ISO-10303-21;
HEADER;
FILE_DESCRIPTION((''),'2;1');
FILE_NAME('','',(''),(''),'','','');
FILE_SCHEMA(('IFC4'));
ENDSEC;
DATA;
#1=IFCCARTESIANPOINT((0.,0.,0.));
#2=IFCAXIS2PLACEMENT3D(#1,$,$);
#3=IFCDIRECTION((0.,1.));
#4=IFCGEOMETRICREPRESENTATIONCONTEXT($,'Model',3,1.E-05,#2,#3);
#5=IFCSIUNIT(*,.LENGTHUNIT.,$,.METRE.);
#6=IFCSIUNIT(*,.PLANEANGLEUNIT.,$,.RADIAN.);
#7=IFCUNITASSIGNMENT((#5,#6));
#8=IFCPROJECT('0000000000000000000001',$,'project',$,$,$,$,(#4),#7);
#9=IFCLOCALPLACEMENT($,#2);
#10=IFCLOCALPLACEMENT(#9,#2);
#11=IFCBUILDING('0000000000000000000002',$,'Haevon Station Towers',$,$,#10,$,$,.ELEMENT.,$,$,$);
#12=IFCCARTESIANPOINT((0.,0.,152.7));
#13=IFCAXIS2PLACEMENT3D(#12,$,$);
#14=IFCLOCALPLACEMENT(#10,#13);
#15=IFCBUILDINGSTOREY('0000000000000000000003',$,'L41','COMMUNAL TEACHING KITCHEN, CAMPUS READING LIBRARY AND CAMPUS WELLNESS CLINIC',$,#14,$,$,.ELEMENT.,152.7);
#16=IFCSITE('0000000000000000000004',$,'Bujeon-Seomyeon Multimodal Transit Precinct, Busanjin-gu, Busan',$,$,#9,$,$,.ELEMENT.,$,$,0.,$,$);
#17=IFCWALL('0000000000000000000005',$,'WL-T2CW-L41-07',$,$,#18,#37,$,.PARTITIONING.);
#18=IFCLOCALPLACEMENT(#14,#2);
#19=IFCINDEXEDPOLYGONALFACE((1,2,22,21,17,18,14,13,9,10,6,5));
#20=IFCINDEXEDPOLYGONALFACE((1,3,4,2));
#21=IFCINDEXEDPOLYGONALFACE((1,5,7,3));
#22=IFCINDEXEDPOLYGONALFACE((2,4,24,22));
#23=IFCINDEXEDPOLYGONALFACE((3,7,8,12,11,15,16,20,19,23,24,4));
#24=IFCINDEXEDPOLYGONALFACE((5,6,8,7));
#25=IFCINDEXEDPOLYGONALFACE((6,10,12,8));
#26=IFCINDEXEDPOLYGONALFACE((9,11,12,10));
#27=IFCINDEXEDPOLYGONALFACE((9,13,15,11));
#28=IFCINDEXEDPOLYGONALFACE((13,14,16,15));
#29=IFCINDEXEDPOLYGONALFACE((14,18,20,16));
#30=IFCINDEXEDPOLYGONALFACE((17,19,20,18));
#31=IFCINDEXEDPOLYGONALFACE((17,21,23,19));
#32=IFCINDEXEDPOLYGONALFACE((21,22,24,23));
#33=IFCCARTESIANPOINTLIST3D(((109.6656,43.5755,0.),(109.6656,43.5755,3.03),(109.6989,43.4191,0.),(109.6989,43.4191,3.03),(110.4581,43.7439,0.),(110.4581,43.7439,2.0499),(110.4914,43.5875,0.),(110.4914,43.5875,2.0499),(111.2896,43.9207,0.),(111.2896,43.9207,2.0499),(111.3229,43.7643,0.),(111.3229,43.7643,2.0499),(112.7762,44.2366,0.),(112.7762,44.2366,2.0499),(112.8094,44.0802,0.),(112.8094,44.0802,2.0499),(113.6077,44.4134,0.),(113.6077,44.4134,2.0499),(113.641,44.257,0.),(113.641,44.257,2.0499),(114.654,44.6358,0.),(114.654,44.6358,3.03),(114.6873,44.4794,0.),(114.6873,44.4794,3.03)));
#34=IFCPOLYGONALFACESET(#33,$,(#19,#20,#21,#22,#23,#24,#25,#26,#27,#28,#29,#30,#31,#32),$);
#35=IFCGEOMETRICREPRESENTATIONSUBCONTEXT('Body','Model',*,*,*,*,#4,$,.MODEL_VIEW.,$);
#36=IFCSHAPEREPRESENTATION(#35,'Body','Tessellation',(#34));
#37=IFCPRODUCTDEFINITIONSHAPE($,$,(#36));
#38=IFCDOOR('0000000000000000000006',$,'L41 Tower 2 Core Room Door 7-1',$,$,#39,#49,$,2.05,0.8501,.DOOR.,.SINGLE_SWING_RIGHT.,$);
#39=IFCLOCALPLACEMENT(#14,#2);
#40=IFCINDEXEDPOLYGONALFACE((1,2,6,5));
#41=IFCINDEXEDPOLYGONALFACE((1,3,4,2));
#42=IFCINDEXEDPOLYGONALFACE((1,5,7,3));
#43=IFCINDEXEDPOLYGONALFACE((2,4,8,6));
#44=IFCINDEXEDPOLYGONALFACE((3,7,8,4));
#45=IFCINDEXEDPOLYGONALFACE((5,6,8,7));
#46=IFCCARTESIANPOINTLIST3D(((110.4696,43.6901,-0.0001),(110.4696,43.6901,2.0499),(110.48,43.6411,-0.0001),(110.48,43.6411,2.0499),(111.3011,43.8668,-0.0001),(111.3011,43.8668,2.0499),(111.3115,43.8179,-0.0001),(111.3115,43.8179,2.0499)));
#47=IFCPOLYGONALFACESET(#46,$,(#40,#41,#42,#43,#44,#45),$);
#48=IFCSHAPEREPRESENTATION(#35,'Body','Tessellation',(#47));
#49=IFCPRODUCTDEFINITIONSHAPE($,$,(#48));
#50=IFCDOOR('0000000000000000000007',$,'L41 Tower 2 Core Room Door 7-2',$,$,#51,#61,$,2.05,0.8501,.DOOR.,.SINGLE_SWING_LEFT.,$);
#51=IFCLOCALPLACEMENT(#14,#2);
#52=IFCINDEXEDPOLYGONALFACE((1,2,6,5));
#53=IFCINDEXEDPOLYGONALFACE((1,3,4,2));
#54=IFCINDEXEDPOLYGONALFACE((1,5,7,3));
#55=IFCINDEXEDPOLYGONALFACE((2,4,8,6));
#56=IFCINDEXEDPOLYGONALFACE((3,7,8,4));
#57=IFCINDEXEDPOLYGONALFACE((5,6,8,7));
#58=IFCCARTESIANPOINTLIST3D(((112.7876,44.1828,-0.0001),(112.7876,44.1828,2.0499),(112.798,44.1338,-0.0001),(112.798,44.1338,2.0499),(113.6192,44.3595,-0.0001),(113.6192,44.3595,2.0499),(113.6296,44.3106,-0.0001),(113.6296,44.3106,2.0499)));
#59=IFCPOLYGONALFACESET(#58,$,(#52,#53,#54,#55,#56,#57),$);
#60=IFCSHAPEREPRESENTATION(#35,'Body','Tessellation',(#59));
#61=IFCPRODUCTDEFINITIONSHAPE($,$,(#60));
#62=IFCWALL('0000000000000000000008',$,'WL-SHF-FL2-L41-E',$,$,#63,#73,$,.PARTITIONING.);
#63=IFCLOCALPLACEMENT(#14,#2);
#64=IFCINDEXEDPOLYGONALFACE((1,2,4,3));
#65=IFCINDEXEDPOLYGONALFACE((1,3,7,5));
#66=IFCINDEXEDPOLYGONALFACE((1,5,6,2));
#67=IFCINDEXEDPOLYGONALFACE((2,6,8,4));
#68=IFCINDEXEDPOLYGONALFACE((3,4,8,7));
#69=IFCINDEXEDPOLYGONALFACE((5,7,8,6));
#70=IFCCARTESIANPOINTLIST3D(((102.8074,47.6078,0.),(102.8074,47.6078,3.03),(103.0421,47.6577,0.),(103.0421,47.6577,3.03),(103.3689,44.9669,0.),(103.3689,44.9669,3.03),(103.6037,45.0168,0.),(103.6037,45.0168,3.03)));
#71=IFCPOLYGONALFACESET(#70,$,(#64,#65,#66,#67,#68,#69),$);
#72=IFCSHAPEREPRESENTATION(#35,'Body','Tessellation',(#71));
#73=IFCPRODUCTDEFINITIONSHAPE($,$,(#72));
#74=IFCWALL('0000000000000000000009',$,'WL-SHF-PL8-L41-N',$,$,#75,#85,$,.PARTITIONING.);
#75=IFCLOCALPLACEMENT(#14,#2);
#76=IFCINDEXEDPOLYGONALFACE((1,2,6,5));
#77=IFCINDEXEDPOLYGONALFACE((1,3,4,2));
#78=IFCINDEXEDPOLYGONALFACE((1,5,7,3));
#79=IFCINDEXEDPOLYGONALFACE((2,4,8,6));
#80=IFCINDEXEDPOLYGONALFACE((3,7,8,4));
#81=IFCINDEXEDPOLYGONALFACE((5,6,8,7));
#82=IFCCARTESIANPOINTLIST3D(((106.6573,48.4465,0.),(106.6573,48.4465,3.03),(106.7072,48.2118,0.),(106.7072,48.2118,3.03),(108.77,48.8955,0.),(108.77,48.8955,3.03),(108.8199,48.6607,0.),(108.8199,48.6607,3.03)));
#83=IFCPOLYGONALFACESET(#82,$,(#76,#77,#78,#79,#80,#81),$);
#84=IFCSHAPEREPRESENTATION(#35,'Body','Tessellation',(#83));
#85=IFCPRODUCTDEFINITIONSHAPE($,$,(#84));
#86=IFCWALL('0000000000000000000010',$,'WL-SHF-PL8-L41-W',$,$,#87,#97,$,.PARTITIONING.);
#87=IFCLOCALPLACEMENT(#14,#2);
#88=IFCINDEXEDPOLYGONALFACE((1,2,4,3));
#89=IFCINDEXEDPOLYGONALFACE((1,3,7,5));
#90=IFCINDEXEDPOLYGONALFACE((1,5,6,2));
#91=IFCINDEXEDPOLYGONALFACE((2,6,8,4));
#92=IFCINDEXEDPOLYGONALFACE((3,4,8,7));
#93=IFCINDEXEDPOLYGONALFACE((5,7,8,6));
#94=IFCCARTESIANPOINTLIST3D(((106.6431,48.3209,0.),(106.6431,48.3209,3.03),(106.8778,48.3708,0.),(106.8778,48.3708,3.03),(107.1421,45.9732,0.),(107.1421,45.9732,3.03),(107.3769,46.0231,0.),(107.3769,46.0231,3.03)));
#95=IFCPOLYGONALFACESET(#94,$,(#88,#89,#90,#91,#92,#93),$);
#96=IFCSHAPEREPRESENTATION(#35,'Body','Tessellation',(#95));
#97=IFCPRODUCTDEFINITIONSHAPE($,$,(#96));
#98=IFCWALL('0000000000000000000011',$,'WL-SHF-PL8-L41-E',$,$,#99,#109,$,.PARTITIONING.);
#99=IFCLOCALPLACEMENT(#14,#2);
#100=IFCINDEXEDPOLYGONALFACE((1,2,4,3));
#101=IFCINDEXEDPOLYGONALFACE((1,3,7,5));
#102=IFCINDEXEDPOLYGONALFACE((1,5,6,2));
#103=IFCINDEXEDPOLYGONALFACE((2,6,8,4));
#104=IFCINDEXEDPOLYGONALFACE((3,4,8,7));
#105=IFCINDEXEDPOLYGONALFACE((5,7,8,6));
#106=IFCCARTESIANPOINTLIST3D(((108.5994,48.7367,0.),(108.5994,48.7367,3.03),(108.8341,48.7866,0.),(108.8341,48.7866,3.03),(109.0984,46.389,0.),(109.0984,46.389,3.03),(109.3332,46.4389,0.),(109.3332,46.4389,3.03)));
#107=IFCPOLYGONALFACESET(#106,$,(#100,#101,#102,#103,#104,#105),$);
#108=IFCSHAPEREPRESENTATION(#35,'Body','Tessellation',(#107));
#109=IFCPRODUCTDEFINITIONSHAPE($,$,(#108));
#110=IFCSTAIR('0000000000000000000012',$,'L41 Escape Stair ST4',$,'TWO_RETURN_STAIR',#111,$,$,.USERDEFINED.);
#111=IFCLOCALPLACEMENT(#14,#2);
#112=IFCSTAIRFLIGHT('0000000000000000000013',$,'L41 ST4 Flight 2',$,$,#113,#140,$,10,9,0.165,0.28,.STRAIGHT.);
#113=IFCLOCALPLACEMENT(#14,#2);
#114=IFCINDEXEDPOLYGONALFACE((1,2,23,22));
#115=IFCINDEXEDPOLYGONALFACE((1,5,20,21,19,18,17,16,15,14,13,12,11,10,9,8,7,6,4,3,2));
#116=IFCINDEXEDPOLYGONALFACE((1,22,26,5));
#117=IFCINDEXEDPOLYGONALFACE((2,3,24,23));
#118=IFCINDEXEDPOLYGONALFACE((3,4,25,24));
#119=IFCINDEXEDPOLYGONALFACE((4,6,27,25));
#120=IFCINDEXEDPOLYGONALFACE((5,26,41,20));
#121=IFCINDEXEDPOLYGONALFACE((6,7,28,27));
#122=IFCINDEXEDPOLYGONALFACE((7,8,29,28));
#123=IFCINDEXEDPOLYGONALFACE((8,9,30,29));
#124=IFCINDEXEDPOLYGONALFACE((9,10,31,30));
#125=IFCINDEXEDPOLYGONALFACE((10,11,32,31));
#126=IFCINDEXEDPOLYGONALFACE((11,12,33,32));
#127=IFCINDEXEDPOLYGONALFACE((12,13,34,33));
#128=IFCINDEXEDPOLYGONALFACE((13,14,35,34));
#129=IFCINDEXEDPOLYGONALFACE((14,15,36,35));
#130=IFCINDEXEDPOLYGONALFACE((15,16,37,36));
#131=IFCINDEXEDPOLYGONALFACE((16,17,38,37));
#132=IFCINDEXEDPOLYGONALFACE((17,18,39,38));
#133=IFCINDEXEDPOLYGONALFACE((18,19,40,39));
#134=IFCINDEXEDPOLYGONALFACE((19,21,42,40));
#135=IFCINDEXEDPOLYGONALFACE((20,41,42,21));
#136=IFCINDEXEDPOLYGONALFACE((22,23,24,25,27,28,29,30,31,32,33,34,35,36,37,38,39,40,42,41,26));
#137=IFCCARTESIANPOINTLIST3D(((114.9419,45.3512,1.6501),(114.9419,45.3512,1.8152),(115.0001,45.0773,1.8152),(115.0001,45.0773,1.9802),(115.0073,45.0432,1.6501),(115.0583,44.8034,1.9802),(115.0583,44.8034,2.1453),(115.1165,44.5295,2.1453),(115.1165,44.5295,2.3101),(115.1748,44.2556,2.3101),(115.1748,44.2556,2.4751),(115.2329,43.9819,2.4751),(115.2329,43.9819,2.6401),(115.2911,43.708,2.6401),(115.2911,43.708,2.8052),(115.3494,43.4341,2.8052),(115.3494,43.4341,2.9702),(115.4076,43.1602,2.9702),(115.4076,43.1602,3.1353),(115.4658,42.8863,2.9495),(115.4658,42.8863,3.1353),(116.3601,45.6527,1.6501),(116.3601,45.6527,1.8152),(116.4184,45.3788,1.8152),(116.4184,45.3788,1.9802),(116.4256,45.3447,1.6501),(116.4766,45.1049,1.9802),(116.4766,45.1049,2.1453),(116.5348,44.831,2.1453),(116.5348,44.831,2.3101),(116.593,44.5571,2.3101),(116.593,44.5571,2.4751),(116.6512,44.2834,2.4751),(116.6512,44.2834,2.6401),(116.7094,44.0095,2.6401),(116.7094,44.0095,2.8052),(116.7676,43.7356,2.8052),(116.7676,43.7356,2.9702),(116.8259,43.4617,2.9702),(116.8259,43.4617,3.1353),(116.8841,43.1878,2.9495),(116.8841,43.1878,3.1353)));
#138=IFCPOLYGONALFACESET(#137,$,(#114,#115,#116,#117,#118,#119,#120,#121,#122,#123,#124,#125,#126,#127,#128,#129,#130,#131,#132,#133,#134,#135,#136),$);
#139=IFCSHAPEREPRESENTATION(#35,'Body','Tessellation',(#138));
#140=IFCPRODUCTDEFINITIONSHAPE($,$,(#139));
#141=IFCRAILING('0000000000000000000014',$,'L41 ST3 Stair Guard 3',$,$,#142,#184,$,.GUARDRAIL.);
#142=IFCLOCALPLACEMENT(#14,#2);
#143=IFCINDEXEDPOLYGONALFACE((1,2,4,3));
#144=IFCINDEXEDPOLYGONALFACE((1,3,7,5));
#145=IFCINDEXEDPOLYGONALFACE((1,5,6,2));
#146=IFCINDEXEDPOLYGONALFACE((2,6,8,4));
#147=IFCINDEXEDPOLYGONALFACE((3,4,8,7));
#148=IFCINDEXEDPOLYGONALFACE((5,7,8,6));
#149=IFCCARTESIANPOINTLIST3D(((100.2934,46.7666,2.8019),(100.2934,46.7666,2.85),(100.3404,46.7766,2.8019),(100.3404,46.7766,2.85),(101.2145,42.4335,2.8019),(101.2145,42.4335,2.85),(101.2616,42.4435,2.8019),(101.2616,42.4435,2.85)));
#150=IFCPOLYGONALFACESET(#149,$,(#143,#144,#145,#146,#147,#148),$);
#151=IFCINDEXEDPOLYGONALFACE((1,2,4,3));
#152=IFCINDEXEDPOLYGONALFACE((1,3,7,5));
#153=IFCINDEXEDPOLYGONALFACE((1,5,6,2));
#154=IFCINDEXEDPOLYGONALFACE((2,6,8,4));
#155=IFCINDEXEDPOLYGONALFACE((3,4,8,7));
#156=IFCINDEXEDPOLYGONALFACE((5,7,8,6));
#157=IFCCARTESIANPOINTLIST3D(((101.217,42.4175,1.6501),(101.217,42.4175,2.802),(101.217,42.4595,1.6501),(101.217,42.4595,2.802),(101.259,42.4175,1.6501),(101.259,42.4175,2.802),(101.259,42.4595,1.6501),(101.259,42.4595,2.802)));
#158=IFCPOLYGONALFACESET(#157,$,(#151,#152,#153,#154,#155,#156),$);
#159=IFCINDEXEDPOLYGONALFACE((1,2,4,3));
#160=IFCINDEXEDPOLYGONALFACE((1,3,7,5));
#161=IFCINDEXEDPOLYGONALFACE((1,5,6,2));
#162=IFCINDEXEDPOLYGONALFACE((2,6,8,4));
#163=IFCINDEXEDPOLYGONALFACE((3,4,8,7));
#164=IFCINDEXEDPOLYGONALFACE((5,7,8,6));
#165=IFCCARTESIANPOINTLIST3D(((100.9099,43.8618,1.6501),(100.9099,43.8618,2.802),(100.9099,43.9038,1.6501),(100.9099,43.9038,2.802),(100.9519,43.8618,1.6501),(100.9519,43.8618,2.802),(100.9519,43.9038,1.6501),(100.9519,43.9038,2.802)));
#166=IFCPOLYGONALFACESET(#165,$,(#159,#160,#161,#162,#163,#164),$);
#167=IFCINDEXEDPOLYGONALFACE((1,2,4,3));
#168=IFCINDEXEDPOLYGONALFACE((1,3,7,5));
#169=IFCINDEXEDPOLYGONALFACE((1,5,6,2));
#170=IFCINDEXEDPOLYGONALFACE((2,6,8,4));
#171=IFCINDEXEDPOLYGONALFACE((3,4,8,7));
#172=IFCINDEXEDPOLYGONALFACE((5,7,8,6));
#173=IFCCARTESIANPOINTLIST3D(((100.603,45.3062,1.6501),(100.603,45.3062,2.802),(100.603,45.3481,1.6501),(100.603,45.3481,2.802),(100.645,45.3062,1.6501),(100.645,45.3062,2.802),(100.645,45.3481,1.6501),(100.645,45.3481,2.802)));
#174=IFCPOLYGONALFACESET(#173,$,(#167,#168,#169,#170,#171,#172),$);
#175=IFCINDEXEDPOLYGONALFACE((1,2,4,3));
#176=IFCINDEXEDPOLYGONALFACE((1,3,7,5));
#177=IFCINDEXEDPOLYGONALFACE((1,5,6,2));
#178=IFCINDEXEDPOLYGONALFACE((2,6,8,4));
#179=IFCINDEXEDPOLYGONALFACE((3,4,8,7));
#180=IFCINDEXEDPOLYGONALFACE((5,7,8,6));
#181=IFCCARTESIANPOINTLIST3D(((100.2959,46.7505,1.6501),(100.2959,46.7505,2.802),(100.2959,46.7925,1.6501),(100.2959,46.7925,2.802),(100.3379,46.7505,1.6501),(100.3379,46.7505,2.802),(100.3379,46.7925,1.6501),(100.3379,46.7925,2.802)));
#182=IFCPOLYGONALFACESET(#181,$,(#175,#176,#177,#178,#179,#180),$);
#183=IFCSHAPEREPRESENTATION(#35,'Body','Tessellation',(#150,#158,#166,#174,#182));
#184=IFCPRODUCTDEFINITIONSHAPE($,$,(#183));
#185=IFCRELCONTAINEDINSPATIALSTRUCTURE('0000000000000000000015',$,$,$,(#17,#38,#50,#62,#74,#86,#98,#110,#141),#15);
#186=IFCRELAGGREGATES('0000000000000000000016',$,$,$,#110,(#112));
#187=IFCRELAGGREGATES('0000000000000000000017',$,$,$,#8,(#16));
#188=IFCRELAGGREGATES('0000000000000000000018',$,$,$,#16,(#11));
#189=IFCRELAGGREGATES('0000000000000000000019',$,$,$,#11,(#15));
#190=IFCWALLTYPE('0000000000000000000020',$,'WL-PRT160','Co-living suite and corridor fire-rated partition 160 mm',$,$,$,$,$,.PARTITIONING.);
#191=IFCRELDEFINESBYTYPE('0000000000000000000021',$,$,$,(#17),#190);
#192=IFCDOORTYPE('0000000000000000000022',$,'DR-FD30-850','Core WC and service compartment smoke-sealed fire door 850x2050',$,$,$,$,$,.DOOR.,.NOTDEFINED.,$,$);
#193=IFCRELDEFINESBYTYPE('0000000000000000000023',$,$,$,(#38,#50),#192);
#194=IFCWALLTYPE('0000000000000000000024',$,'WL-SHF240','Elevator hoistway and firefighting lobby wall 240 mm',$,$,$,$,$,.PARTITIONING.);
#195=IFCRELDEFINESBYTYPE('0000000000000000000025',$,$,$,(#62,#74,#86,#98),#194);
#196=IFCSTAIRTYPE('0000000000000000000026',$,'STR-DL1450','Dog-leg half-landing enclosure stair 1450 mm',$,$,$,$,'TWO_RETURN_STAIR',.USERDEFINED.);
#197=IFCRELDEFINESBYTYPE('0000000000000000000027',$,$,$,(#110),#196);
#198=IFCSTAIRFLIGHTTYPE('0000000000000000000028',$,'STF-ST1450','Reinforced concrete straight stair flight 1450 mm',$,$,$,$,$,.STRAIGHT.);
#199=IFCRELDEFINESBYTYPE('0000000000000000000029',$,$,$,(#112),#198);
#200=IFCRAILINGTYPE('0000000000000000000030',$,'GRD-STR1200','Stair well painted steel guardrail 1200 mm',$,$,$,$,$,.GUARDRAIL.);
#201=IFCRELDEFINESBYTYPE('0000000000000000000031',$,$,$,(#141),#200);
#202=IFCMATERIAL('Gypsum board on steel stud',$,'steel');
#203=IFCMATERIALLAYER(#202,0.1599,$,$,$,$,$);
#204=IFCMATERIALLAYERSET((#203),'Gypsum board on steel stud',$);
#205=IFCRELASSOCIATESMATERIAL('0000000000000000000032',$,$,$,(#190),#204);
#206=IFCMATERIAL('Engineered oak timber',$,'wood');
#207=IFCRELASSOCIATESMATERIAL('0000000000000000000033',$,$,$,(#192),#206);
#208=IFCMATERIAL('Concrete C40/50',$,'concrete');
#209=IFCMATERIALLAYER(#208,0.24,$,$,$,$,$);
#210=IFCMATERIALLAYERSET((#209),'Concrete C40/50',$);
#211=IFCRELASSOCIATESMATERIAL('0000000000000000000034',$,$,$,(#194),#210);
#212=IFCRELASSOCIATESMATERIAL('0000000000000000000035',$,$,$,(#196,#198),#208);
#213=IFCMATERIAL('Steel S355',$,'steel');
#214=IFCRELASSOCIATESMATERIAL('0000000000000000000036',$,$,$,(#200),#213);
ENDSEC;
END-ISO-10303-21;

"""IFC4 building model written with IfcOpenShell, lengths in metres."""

from ifc_helpers import new_model, si_unit, direction, frame, frame_2d, origin, origin_2d, place, context, subcontext, project, spatial, polyline, rectangle, outline, extrude, material, layer, layer_set, type_object, element, fill, aggregate, save


model = new_model("IFC4")

# Units and contexts
model_context = context("Model", 3, precision=1e-05, world=origin(), true_north=direction((0.0, 1.0)))
body_context = subcontext(model_context, "Body", "Model", "MODEL_VIEW")
ifc_project = project(units=[si_unit("LENGTHUNIT", "METRE"), si_unit("PLANEANGLEUNIT", "RADIAN")], contexts=[model_context])

# Site, building, storey
site_placement = place(None, origin())
site = spatial("IfcSite", under=ifc_project, at=site_placement, Name="Bujeon-Seomyeon Multimodal Transit Precinct, Busanjin-gu, Busan", CompositionType="ELEMENT", RefElevation=0.0)
building_placement = place(site_placement, origin())
building = spatial("IfcBuilding", under=site, at=building_placement, Name="Haevon Station Towers", CompositionType="ELEMENT")
storey_placement = place(building_placement, frame((0.0, 0.0, 152.7)))
storey = spatial("IfcBuildingStorey", under=building, at=storey_placement, Name="L41", Description="COMMUNAL TEACHING KITCHEN, CAMPUS READING LIBRARY AND CAMPUS WELLNESS CLINIC", CompositionType="ELEMENT", Elevation=152.7)

# Shared definitions
ifc_material_1 = material(Name="Steel S355", Category="steel")

# Shared definitions
ifc_material_2 = material(Name="Gypsum board on steel stud", Category="steel")
ifc_material_3 = material(Name="Engineered oak timber", Category="wood")

# Shared definitions
ifc_layer_1 = layer(ifc_material_2, 0.1599)
ifc_layer_set_1 = layer_set([ifc_layer_1], Name="Gypsum board on steel stud")
wall_type_1 = type_object("IfcWallType", Name="WL-PRT160", Description="Co-living suite and corridor fire-rated partition 160 mm", PredefinedType="PARTITIONING", material=ifc_layer_set_1)

# Wall, openings, doors
wall_1_placement = place(storey_placement, frame((109.6824, 43.4973, 0.0), z_axis=(0.0, 0.0, 1.0), x_axis=(0.978149, 0.207904, 0.0)))
wall_1 = element("IfcWall", 1, at=wall_1_placement, inside=storey, type_object=wall_type_1, Name="WL-T2CW-L41-07", PredefinedType="PARTITIONING", context=body_context, shape_type="SweptSolid", body=[
    extrude(rectangle(XDim=5.0999, YDim=0.1599, at=frame_2d((2.5498, 0.0))), origin(), (0.0, 0.0, 1.0), 3.03),
])
opening_1_placement = place(wall_1_placement, frame((0.8101, 0.0, 0.0)))
opening_1 = element("IfcOpeningElement", 2, at=opening_1_placement, cuts=wall_1, PredefinedType="OPENING", context=body_context, shape_type="SweptSolid", body=[
    extrude(rectangle(XDim=0.8501, YDim=2.05, at=frame_2d((0.425, 1.0249))), frame((0.0, 0.0898, 0.0), z_axis=(0.0, -1.0, 0.0), x_axis=(1.0, 0.0, 0.0)), (0.0, 0.0, 1.0), 0.1799),
])
opening_2_placement = place(wall_1_placement, frame((3.1799, 0.0, 0.0)))
opening_2 = element("IfcOpeningElement", 3, at=opening_2_placement, cuts=wall_1, PredefinedType="OPENING", context=body_context, shape_type="SweptSolid", body=[
    extrude(rectangle(XDim=0.8501, YDim=2.05, at=frame_2d((0.425, 1.0249))), frame((0.0, 0.0898, 0.0), z_axis=(0.0, -1.0, 0.0), x_axis=(1.0, 0.0, 0.0)), (0.0, 0.0, 1.0), 0.1799),
])
door_type_1 = type_object("IfcDoorType", Name="DR-FD30-850", Description="Core WC and service compartment smoke-sealed fire door 850x2050", OperationType="NOTDEFINED", PredefinedType="DOOR", material=ifc_material_3)
door_1_placement = place(opening_1_placement, origin())
door_1 = element("IfcDoor", 4, at=door_1_placement, inside=storey, type_object=door_type_1, Name="L41 Tower 2 Core Room Door 7-1", OperationType="SINGLE_SWING_RIGHT", OverallHeight=2.05, OverallWidth=0.8501, PredefinedType="DOOR", context=body_context, shape_type="SweptSolid", body=[
    extrude(rectangle(XDim=0.8501, YDim=2.05, at=frame_2d((0.425, 1.0249))), frame((0.0, 0.0249, 0.0), z_axis=(0.0, -1.0, 0.0), x_axis=(1.0, 0.0, 0.0)), (0.0, 0.0, 1.0), 0.05),
])
fill(opening_1, door_1)
door_2_placement = place(opening_2_placement, origin())
door_2 = element("IfcDoor", 5, at=door_2_placement, inside=storey, type_object=door_type_1, Name="L41 Tower 2 Core Room Door 7-2", OperationType="SINGLE_SWING_LEFT", OverallHeight=2.05, OverallWidth=0.8501, PredefinedType="DOOR", context=body_context, shape_type="SweptSolid", body=[
    extrude(rectangle(XDim=0.8501, YDim=2.05, at=frame_2d((0.425, 1.0249))), frame((0.0, 0.0249, 0.0), z_axis=(0.0, -1.0, 0.0), x_axis=(1.0, 0.0, 0.0)), (0.0, 0.0, 1.0), 0.05),
])
fill(opening_2, door_2)

# Shared definitions
ifc_material_4 = material(Name="Concrete C40/50", Category="concrete")
ifc_layer_2 = layer(ifc_material_4, 0.24)
ifc_layer_set_2 = layer_set([ifc_layer_2], Name="Concrete C40/50")
wall_type_2 = type_object("IfcWallType", Name="WL-SHF240", Description="Elevator hoistway and firefighting lobby wall 240 mm", PredefinedType="PARTITIONING", material=ifc_layer_set_2)

# Wall
wall_2_placement = place(storey_placement, frame((103.4863, 44.9917, 0.0), z_axis=(0.0, 0.0, 1.0), x_axis=(-0.207979, 0.978133, 0.0)))
element("IfcWall", 6, at=wall_2_placement, inside=storey, type_object=wall_type_2, Name="WL-SHF-FL2-L41-E", PredefinedType="PARTITIONING", context=body_context, shape_type="SweptSolid", body=[
    extrude(rectangle(XDim=2.7, YDim=0.24, at=frame_2d((1.3501, 0.0))), origin(), (0.0, 0.0, 1.0), 3.03),
])

# Walls
wall_3_placement = place(storey_placement, frame((106.6821, 48.3291, 0.0), z_axis=(0.0, 0.0, 1.0), x_axis=(0.978158, 0.207861, 0.0)))
element("IfcWall", 7, at=wall_3_placement, inside=storey, type_object=wall_type_2, Name="WL-SHF-PL8-L41-N", PredefinedType="PARTITIONING", context=body_context, shape_type="SweptSolid", body=[
    extrude(rectangle(XDim=2.1599, YDim=0.24, at=frame_2d((1.0801, 0.0))), origin(), (0.0, 0.0, 1.0), 3.03),
])
for number, where, z_axis, x_axis, name in (
    (8, (107.2595, 45.998, 0.0), (0.0, 0.0, 1.0), (-0.207917, 0.978146, 0.0), "WL-SHF-PL8-L41-W"),
    (9, (109.2158, 46.4138, 0.0), (0.0, 0.0, 1.0), (-0.207917, 0.978146, 0.0), "WL-SHF-PL8-L41-E"),
):
    element("IfcWall", number, at=place(storey_placement, frame(where, z_axis=z_axis, x_axis=x_axis)), inside=storey, type_object=wall_type_2, Name=name, PredefinedType="PARTITIONING", context=body_context, shape_type="SweptSolid", body=[
        extrude(rectangle(XDim=2.4001, YDim=0.24, at=frame_2d((1.2002, 0.0))), origin(), (0.0, 0.0, 1.0), 3.03),
    ])

# Stair, stair flight
stair_type = type_object("IfcStairType", Name="STR-DL1450", Description="Dog-leg half-landing enclosure stair 1450 mm", ElementType="TWO_RETURN_STAIR", PredefinedType="USERDEFINED", material=ifc_material_4)
stair_placement = place(storey_placement, origin())
stair = element("IfcStair", 10, at=stair_placement, inside=storey, type_object=stair_type, Name="L41 Escape Stair ST4", ObjectType="TWO_RETURN_STAIR", PredefinedType="USERDEFINED")
stair_flight_type = type_object("IfcStairFlightType", Name="STF-ST1450", Description="Reinforced concrete straight stair flight 1450 mm", PredefinedType="STRAIGHT", material=ifc_material_4)
stair_flight_placement = place(storey_placement, frame((115.6509, 45.502, 1.6501), z_axis=(0.0, 0.0, 1.0), x_axis=(0.207912, -0.978148, 0.0)))
stair_flight = element("IfcStairFlight", 11, at=stair_flight_placement, type_object=stair_flight_type, Name="L41 ST4 Flight 2", NumberOfRisers=10, NumberOfTreads=9, PredefinedType="STRAIGHT", RiserHeight=0.165, TreadLength=0.28, context=body_context, shape_type="SweptSolid", body=[
    extrude(outline(polyline([(0.0, 0.0), (0.0, 0.165), (0.28, 0.165), (0.28, 0.3301), (0.5601, 0.3301), (0.5601, 0.4951), (0.8401, 0.4951), (0.8401, 0.6599), (1.1201, 0.6599), (1.1201, 0.825), (1.3999, 0.825), (1.3999, 0.99), (1.6799, 0.99), (1.6799, 1.155), (1.96, 1.155), (1.96, 1.3201), (2.24, 1.3201), (2.24, 1.4851), (2.52, 1.4851), (2.52, 1.6499), (2.52, 1.2993), (0.3149, 0.0), (0.0, 0.0)])), frame((0.0, 0.7251, 0.0), z_axis=(0.0, -1.0, 0.0), x_axis=(1.0, 0.0, 0.0)), (0.0, 0.0, 1.0), 1.45),
])
aggregate(stair, [stair_flight])

# Railing
railing_type_1 = type_object("IfcRailingType", Name="GRD-STR1200", Description="Stair well painted steel guardrail 1200 mm", PredefinedType="GUARDRAIL", material=ifc_material_1)
railing_1_placement = place(storey_placement, frame((101.238, 42.4385, 1.6501)))
element("IfcRailing", 12, at=railing_1_placement, inside=storey, type_object=railing_type_1, Name="L41 ST3 Stair Guard 3", PredefinedType="GUARDRAIL", context=body_context, shape_type="SweptSolid", body=[
    extrude(rectangle(XDim=0.0481, YDim=0.0481, at=origin_2d()), frame((0.0, 0.0, 1.1758), z_axis=(-0.20794, 0.978141, 0.0), x_axis=(-0.978141, -0.20794, 0.0)), (0.0, 0.0, 1.0), 4.4299),
    extrude(rectangle(XDim=0.042, YDim=0.042, at=origin_2d()), origin(), (0.0, 0.0, 1.0), 1.1519),
    extrude(rectangle(XDim=0.042, YDim=0.042, at=origin_2d()), frame((-0.3071, 1.4443, 0.0)), (0.0, 0.0, 1.0), 1.1519),
    extrude(rectangle(XDim=0.042, YDim=0.042, at=origin_2d()), frame((-0.614, 2.8887, 0.0)), (0.0, 0.0, 1.0), 1.1519),
    extrude(rectangle(XDim=0.042, YDim=0.042, at=origin_2d()), frame((-0.9211, 4.333, 0.0)), (0.0, 0.0, 1.0), 1.1519),
])

save(model, "model.ifc")
